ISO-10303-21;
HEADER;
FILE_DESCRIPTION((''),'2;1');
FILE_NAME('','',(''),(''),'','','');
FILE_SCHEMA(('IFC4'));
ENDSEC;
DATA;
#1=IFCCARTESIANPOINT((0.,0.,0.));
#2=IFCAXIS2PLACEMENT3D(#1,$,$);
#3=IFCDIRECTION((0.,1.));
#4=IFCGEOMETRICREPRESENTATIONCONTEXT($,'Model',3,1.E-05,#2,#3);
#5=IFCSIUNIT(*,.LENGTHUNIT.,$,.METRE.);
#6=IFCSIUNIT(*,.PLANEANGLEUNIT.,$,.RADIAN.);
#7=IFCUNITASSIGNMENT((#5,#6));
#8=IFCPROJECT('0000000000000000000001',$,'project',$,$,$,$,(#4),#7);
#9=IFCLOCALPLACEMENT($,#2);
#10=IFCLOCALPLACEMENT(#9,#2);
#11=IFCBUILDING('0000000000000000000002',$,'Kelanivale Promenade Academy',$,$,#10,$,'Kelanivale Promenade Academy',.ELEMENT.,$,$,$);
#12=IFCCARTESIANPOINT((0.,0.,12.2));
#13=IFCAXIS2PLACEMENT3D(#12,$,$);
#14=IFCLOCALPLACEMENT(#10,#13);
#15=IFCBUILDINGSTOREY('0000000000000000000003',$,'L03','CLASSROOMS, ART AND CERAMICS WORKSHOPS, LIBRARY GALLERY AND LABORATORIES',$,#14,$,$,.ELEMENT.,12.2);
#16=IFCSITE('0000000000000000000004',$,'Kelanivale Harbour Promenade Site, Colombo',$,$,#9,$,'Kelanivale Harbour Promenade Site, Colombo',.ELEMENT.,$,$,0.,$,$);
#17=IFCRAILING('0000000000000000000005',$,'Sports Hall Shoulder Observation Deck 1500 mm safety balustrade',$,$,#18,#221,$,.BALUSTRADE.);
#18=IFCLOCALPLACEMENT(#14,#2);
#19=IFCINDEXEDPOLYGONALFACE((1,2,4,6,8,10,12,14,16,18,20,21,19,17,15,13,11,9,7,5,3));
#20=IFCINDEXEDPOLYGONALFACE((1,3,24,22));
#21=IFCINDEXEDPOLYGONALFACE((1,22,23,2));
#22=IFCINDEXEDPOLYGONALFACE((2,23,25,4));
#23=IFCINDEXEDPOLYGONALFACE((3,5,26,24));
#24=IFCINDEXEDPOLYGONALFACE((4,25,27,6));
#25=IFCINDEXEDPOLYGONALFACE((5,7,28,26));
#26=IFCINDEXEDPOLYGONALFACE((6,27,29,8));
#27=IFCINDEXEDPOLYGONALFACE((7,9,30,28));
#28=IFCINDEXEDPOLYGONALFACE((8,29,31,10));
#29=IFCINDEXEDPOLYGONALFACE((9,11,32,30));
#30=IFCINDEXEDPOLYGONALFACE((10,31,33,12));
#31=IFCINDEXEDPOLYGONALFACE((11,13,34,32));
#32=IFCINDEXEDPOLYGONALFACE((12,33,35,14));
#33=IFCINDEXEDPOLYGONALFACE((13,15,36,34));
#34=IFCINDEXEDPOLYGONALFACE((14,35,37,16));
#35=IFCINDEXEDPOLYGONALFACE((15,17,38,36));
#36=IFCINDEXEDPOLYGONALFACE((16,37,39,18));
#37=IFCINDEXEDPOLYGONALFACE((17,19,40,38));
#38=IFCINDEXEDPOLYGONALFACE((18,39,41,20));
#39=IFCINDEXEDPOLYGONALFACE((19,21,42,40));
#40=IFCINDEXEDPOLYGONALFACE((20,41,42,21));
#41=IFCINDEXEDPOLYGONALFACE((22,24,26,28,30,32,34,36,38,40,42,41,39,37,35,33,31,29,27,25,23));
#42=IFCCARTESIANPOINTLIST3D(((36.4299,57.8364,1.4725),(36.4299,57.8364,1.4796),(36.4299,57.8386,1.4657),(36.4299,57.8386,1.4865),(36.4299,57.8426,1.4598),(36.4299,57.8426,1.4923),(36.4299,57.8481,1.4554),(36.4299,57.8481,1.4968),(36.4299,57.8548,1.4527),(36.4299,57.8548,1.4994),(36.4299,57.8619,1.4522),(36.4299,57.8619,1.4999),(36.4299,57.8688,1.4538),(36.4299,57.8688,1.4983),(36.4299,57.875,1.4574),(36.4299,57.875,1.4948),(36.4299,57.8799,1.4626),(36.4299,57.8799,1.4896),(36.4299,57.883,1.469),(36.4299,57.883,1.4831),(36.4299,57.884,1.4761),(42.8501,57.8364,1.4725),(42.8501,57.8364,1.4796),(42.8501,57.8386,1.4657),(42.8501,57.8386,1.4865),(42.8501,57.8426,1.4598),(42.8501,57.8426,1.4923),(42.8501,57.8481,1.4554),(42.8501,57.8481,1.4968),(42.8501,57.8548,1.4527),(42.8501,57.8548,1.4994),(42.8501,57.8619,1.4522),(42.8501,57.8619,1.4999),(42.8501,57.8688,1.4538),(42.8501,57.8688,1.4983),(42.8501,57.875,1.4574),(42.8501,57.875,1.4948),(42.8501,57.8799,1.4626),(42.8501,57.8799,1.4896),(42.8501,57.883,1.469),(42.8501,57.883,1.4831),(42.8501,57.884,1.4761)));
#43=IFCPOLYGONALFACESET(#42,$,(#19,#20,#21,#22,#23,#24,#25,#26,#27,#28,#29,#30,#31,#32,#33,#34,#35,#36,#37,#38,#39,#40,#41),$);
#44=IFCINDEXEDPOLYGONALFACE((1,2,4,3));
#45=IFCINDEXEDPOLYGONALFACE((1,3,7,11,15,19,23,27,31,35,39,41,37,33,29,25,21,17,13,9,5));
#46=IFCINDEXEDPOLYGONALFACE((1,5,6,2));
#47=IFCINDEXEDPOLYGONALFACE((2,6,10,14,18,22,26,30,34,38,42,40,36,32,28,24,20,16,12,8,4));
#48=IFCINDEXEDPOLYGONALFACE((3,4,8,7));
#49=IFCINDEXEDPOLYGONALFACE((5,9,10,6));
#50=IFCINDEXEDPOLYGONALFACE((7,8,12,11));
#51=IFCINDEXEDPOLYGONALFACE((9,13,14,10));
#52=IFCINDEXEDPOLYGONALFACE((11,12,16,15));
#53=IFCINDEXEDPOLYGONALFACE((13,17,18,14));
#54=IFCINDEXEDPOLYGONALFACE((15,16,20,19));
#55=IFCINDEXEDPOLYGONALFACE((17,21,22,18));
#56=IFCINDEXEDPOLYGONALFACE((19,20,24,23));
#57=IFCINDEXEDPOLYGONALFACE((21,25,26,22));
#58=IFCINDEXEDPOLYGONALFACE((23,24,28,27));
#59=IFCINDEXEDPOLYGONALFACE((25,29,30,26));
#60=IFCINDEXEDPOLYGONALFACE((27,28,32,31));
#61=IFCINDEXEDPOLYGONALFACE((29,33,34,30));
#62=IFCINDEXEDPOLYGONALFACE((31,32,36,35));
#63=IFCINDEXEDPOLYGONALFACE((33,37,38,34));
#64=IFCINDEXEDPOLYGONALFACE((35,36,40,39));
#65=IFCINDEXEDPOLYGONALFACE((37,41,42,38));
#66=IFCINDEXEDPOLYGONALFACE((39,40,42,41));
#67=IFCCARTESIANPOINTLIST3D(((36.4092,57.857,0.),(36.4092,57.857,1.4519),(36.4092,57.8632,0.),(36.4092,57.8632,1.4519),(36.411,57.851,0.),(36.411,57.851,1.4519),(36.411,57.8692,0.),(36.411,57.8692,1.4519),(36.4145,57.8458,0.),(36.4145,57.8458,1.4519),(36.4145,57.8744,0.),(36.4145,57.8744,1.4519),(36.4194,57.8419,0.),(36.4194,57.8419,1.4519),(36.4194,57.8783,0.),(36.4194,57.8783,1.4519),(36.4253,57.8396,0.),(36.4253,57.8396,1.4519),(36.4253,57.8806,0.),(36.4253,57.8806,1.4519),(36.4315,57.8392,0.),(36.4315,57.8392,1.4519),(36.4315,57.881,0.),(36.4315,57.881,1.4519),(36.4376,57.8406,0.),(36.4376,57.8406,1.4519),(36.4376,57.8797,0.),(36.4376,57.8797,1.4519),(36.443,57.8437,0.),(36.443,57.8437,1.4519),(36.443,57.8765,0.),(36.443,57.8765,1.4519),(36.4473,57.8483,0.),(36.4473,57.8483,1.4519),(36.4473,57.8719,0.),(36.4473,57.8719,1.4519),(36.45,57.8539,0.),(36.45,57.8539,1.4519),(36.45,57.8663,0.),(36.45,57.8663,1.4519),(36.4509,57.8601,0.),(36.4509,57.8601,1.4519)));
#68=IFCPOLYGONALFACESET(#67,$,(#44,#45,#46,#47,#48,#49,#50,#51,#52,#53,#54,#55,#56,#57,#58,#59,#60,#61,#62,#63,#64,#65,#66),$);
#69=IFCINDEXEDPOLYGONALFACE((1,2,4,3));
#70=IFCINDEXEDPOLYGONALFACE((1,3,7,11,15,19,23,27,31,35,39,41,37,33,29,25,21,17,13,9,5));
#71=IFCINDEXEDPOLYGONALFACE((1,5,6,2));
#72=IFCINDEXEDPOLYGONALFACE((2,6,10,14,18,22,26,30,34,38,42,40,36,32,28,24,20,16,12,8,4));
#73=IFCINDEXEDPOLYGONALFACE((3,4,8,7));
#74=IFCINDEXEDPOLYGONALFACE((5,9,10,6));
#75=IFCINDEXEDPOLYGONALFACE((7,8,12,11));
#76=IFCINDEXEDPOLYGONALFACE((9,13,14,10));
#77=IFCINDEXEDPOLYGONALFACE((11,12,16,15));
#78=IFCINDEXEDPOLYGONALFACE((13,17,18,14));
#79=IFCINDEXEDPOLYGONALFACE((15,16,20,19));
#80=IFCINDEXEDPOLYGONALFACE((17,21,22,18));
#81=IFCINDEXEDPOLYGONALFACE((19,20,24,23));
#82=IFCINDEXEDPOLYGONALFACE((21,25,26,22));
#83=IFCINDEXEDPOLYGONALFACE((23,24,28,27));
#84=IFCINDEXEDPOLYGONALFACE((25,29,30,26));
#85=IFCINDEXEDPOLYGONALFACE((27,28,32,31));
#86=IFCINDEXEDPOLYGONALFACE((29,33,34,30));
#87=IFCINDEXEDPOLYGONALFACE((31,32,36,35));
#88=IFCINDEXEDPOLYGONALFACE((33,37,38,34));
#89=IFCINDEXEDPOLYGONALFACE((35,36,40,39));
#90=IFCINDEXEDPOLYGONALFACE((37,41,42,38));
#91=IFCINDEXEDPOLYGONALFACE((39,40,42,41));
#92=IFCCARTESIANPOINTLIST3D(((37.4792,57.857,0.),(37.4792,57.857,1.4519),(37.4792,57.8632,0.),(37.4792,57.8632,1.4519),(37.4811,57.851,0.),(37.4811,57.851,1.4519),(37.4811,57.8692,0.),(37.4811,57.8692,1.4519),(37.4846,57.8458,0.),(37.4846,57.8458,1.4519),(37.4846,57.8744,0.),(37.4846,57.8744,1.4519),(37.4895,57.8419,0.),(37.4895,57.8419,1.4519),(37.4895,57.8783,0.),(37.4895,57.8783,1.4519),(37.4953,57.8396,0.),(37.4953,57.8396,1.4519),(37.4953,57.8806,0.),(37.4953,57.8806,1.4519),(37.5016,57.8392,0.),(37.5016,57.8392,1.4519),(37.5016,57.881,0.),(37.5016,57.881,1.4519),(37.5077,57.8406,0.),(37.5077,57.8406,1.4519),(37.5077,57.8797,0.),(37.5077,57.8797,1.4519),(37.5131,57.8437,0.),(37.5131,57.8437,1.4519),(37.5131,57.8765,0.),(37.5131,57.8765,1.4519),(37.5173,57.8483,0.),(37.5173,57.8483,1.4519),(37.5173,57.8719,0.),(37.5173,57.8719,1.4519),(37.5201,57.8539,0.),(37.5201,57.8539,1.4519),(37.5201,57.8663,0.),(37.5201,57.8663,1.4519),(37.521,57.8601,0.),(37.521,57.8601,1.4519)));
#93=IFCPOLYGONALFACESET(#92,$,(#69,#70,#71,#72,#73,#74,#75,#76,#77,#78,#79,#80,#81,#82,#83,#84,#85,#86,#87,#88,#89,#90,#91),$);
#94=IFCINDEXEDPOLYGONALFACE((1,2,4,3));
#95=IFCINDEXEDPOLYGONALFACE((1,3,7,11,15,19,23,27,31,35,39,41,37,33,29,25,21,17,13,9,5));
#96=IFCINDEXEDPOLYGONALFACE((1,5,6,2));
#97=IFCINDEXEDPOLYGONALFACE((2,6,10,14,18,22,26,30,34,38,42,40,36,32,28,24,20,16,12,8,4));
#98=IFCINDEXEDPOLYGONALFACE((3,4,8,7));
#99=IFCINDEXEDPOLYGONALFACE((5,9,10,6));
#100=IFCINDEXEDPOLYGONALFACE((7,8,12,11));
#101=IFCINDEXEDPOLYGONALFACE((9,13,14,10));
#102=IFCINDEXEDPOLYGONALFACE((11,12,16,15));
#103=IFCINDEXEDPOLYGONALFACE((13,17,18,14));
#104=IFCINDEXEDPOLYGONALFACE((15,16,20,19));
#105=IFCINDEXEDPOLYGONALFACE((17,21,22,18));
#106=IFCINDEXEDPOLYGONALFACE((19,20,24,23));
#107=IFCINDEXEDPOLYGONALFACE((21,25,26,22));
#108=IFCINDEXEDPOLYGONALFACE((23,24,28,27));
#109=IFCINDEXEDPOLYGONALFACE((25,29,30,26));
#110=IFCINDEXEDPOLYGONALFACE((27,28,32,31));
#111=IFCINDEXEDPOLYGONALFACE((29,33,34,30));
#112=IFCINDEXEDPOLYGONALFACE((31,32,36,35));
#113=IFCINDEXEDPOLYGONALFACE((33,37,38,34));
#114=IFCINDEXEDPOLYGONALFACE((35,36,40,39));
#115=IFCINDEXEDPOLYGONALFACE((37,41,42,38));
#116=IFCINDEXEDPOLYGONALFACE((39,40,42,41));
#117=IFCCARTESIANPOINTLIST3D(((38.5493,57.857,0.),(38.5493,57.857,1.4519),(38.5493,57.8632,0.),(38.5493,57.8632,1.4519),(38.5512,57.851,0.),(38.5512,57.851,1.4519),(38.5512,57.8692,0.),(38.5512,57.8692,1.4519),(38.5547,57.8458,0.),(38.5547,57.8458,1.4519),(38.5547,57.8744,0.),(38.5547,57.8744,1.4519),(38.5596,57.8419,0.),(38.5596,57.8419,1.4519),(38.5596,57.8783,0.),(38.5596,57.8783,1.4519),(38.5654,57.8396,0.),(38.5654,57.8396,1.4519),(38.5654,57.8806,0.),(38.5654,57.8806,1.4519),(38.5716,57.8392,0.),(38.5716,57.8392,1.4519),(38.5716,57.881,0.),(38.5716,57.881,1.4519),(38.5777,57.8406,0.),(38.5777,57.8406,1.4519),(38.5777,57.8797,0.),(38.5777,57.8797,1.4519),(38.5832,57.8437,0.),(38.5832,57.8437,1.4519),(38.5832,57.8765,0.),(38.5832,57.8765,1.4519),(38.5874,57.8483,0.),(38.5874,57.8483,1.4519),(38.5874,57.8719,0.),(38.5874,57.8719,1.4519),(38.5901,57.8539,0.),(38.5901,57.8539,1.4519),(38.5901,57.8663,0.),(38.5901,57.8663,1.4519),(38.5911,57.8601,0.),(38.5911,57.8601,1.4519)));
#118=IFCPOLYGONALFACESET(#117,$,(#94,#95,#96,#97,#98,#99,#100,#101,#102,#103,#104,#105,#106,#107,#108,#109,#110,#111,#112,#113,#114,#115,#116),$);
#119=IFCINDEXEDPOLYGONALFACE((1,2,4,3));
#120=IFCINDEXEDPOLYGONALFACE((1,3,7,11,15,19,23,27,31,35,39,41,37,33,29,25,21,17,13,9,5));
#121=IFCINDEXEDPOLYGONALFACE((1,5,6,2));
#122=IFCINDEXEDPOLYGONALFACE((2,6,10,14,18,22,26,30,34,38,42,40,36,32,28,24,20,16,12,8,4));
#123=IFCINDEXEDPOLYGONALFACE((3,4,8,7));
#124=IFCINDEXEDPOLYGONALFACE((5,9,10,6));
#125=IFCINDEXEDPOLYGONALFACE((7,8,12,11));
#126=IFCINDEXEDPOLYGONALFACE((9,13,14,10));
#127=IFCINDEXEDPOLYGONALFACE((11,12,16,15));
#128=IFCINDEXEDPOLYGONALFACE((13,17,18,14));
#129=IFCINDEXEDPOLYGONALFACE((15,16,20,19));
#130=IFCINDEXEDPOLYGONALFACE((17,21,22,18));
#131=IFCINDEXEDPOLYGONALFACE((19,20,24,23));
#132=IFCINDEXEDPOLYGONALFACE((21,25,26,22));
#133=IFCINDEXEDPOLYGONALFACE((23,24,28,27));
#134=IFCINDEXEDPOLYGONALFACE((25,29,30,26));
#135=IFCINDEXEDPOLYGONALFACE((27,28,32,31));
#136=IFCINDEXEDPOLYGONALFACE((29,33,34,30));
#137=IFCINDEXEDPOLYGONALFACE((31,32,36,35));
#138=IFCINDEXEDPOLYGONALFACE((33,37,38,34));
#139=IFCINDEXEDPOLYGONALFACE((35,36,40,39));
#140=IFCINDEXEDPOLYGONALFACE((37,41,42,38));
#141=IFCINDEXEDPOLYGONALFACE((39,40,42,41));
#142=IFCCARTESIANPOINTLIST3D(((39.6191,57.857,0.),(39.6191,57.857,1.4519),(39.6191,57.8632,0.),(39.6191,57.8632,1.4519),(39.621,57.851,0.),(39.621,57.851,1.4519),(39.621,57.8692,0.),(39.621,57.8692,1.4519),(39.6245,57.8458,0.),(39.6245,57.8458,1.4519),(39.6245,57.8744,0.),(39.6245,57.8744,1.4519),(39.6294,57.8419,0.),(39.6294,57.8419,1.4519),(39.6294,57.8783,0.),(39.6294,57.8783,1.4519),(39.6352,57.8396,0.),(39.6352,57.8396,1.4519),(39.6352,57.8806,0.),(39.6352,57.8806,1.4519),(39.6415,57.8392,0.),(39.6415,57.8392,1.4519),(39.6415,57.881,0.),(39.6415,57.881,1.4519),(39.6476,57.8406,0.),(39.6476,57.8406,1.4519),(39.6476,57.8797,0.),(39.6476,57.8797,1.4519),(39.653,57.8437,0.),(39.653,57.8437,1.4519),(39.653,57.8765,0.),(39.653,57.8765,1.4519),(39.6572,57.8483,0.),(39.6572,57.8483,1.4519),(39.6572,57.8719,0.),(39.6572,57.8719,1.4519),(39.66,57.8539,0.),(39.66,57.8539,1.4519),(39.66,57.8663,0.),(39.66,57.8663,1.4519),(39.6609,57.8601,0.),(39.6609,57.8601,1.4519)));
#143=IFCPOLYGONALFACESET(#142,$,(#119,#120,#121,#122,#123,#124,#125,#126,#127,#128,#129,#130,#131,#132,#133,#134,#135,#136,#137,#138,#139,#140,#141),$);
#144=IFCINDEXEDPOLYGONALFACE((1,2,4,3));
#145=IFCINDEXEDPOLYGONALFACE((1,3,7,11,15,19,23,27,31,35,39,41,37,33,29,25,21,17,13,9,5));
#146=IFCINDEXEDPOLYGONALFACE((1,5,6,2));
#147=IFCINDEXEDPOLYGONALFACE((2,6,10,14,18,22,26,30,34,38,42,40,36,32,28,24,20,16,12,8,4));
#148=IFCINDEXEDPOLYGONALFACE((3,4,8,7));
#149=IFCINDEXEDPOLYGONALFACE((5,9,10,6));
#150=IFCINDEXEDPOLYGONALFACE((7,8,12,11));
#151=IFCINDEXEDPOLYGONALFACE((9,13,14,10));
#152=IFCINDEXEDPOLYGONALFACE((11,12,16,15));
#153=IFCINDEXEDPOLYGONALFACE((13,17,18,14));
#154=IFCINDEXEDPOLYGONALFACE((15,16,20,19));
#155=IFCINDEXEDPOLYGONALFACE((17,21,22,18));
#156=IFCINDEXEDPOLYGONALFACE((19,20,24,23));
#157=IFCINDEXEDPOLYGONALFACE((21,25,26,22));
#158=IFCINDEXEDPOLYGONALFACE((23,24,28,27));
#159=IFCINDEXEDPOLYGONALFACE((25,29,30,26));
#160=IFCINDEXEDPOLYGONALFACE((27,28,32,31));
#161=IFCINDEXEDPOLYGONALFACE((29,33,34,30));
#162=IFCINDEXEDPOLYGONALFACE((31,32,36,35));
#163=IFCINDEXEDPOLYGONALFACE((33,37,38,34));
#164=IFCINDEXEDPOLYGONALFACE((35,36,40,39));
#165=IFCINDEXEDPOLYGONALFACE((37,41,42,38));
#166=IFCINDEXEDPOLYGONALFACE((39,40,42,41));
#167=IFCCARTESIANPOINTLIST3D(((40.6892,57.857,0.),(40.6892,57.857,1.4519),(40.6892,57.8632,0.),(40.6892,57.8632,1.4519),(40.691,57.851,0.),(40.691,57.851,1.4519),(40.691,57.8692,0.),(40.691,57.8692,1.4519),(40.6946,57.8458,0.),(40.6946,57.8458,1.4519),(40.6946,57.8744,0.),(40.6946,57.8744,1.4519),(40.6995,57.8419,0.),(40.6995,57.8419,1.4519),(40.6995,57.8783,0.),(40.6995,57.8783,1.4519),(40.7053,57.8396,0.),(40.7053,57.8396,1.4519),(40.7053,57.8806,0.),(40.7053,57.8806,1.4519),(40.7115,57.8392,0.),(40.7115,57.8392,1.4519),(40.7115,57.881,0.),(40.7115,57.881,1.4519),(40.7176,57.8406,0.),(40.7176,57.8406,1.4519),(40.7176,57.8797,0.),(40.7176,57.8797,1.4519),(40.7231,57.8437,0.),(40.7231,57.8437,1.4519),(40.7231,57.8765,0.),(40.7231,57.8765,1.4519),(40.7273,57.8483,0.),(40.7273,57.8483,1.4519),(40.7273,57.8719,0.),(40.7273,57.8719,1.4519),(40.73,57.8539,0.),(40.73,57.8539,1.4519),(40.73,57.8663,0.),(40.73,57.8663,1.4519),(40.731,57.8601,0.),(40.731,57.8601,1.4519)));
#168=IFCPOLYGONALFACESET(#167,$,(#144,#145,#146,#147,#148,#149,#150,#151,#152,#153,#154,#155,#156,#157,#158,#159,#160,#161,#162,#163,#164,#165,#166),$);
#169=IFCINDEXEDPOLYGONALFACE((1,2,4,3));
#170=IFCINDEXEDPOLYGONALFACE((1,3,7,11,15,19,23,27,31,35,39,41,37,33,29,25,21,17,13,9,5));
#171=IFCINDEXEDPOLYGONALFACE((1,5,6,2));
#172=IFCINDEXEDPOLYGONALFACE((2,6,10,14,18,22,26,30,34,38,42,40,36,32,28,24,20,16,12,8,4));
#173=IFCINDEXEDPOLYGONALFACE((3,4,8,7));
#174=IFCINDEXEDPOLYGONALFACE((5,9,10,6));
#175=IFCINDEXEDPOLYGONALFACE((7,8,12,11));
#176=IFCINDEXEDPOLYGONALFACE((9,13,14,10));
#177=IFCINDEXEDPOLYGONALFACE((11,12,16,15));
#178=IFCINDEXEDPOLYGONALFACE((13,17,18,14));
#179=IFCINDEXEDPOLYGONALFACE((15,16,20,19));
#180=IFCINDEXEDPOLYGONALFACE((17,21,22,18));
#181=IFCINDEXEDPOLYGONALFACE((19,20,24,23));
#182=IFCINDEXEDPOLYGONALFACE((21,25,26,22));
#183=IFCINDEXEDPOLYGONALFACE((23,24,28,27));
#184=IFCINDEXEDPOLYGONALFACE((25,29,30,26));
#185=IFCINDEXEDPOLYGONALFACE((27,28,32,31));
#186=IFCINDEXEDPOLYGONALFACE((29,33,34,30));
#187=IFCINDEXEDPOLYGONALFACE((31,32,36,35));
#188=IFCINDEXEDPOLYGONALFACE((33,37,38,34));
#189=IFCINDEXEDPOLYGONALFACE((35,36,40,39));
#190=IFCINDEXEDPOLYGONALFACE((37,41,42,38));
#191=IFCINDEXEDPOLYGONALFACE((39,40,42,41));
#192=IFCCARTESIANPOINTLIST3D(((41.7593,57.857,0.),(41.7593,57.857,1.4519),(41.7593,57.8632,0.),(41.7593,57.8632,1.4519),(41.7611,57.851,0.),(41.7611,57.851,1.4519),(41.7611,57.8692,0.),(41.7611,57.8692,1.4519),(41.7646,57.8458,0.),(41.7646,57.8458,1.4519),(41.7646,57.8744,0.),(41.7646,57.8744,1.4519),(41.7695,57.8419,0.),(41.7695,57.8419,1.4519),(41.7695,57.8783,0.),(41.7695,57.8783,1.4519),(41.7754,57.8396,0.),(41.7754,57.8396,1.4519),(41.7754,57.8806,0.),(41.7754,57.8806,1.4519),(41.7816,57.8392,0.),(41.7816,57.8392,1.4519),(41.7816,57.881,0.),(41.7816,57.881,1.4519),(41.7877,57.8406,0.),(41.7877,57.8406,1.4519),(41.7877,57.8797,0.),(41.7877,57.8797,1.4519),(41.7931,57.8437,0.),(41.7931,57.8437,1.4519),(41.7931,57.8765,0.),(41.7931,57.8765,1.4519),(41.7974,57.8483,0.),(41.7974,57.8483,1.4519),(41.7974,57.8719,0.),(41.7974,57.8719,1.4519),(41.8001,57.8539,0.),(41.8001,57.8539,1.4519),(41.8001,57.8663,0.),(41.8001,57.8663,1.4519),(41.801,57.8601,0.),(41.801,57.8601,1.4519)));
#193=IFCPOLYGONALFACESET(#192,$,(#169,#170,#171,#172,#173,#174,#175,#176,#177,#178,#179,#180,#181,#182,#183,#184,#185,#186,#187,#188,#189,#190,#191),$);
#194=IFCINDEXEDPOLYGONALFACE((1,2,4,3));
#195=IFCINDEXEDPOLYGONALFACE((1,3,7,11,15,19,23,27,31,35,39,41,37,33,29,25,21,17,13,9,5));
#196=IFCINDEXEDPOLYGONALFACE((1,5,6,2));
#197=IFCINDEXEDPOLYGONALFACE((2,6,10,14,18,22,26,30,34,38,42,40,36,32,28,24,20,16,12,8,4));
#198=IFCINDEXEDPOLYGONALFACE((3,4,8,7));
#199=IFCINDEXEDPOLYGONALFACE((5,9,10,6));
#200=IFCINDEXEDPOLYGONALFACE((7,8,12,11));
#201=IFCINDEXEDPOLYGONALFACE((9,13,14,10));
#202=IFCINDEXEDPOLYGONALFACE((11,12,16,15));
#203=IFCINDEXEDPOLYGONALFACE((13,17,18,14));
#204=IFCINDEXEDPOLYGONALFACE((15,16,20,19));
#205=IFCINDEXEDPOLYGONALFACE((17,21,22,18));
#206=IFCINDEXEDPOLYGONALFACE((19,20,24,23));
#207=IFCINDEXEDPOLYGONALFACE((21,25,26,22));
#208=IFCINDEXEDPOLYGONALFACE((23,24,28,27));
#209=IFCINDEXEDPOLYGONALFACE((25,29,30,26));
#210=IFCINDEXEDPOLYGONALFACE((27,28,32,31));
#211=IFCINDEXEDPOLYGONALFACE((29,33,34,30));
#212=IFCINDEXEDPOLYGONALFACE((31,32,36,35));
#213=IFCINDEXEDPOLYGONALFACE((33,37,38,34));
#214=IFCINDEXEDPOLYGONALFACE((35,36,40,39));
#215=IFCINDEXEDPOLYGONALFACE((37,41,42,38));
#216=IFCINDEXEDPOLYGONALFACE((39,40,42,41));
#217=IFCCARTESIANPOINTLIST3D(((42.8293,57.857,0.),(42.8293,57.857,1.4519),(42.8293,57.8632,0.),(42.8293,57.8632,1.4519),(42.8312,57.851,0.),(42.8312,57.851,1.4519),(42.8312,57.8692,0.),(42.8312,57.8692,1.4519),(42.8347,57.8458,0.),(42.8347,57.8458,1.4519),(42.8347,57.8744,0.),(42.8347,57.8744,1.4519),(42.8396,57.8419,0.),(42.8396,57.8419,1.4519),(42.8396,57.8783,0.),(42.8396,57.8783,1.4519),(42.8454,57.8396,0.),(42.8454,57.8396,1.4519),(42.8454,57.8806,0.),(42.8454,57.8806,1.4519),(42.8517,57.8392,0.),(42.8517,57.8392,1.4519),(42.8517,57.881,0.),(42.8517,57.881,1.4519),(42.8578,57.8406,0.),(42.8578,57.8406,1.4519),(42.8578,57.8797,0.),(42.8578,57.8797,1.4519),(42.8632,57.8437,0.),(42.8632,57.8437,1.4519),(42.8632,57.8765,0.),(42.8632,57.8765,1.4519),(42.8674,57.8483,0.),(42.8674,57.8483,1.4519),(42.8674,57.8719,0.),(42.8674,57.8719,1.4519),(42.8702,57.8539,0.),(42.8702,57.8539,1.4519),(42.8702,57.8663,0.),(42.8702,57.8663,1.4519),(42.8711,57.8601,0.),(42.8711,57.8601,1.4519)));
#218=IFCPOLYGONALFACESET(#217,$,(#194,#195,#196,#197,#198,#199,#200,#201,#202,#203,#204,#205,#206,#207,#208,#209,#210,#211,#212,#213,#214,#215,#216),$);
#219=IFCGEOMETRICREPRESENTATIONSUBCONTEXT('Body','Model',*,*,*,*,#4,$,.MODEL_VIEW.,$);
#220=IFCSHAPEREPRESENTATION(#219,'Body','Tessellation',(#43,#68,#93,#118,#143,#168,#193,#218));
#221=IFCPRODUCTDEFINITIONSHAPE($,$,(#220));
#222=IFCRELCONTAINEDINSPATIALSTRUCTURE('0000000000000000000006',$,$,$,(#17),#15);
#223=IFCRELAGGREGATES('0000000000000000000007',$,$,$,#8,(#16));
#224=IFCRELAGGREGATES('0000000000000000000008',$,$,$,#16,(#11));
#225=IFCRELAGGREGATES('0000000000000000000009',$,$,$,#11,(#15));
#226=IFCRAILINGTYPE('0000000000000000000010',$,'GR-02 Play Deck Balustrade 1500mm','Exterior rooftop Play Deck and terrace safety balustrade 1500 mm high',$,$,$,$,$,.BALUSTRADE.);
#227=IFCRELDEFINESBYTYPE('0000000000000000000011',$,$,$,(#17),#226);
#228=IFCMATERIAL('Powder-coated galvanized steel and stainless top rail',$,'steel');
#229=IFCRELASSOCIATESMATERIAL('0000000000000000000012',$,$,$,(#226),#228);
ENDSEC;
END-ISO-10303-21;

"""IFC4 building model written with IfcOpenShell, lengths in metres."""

from ifc_helpers import new_model, si_unit, direction, frame, origin, origin_2d, place, context, subcontext, project, spatial, circle, extrude, material, type_object, element, save


model = new_model("IFC4")

# Units and contexts
model_context = context("Model", 3, precision=1e-05, world=origin(), true_north=direction((0.0, 1.0)))
body_context = subcontext(model_context, "Body", "Model", "MODEL_VIEW")
ifc_project = project(units=[si_unit("LENGTHUNIT", "METRE"), si_unit("PLANEANGLEUNIT", "RADIAN")], contexts=[model_context])

# Site, building, storey
site_placement = place(None, origin())
site = spatial("IfcSite", under=ifc_project, at=site_placement, Name="Kelanivale Harbour Promenade Site, Colombo", LongName="Kelanivale Harbour Promenade Site, Colombo", CompositionType="ELEMENT", RefElevation=0.0)
building_placement = place(site_placement, origin())
building = spatial("IfcBuilding", under=site, at=building_placement, Name="Kelanivale Promenade Academy", LongName="Kelanivale Promenade Academy", CompositionType="ELEMENT")
storey_placement = place(building_placement, frame((0.0, 0.0, 12.2)))
storey = spatial("IfcBuildingStorey", under=building, at=storey_placement, Name="L03", Description="CLASSROOMS, ART AND CERAMICS WORKSHOPS, LIBRARY GALLERY AND LABORATORIES", CompositionType="ELEMENT", Elevation=12.2)

# Railing
ifc_material_1 = material(Name="Powder-coated galvanized steel and stainless top rail", Category="steel")
railing_type = type_object("IfcRailingType", Name="GR-02 Play Deck Balustrade 1500mm", Description="Exterior rooftop Play Deck and terrace safety balustrade 1500 mm high", PredefinedType="BALUSTRADE", material=ifc_material_1)
railing_placement = place(storey_placement, frame((36.4299, 57.8601, 0.0)))
element("IfcRailing", 1, at=railing_placement, inside=storey, type_object=railing_type, Name="Sports Hall Shoulder Observation Deck 1500 mm safety balustrade", PredefinedType="BALUSTRADE", context=body_context, shape_type="SweptSolid", body=[
    extrude(circle(Radius=0.0239, at=origin_2d()), frame((0.0, 0.0, 1.4761), z_axis=(1.0, 0.0, 0.0), x_axis=(0.0, 1.0, 0.0)), (0.0, 0.0, 1.0), 6.4202),
    extrude(circle(Radius=0.021, at=origin_2d()), origin(), (0.0, 0.0, 1.0), 1.4519),
    extrude(circle(Radius=0.021, at=origin_2d()), frame((1.0701, 0.0, 0.0)), (0.0, 0.0, 1.0), 1.4519),
    extrude(circle(Radius=0.021, at=origin_2d()), frame((2.1401, 0.0, 0.0)), (0.0, 0.0, 1.0), 1.4519),
    extrude(circle(Radius=0.021, at=origin_2d()), frame((3.21, 0.0, 0.0)), (0.0, 0.0, 1.0), 1.4519),
    extrude(circle(Radius=0.021, at=origin_2d()), frame((4.28, 0.0, 0.0)), (0.0, 0.0, 1.0), 1.4519),
    extrude(circle(Radius=0.021, at=origin_2d()), frame((5.3501, 0.0, 0.0)), (0.0, 0.0, 1.0), 1.4519),
    extrude(circle(Radius=0.021, at=origin_2d()), frame((6.4202, 0.0, 0.0)), (0.0, 0.0, 1.0), 1.4519),
])

save(model, "model.ifc")
